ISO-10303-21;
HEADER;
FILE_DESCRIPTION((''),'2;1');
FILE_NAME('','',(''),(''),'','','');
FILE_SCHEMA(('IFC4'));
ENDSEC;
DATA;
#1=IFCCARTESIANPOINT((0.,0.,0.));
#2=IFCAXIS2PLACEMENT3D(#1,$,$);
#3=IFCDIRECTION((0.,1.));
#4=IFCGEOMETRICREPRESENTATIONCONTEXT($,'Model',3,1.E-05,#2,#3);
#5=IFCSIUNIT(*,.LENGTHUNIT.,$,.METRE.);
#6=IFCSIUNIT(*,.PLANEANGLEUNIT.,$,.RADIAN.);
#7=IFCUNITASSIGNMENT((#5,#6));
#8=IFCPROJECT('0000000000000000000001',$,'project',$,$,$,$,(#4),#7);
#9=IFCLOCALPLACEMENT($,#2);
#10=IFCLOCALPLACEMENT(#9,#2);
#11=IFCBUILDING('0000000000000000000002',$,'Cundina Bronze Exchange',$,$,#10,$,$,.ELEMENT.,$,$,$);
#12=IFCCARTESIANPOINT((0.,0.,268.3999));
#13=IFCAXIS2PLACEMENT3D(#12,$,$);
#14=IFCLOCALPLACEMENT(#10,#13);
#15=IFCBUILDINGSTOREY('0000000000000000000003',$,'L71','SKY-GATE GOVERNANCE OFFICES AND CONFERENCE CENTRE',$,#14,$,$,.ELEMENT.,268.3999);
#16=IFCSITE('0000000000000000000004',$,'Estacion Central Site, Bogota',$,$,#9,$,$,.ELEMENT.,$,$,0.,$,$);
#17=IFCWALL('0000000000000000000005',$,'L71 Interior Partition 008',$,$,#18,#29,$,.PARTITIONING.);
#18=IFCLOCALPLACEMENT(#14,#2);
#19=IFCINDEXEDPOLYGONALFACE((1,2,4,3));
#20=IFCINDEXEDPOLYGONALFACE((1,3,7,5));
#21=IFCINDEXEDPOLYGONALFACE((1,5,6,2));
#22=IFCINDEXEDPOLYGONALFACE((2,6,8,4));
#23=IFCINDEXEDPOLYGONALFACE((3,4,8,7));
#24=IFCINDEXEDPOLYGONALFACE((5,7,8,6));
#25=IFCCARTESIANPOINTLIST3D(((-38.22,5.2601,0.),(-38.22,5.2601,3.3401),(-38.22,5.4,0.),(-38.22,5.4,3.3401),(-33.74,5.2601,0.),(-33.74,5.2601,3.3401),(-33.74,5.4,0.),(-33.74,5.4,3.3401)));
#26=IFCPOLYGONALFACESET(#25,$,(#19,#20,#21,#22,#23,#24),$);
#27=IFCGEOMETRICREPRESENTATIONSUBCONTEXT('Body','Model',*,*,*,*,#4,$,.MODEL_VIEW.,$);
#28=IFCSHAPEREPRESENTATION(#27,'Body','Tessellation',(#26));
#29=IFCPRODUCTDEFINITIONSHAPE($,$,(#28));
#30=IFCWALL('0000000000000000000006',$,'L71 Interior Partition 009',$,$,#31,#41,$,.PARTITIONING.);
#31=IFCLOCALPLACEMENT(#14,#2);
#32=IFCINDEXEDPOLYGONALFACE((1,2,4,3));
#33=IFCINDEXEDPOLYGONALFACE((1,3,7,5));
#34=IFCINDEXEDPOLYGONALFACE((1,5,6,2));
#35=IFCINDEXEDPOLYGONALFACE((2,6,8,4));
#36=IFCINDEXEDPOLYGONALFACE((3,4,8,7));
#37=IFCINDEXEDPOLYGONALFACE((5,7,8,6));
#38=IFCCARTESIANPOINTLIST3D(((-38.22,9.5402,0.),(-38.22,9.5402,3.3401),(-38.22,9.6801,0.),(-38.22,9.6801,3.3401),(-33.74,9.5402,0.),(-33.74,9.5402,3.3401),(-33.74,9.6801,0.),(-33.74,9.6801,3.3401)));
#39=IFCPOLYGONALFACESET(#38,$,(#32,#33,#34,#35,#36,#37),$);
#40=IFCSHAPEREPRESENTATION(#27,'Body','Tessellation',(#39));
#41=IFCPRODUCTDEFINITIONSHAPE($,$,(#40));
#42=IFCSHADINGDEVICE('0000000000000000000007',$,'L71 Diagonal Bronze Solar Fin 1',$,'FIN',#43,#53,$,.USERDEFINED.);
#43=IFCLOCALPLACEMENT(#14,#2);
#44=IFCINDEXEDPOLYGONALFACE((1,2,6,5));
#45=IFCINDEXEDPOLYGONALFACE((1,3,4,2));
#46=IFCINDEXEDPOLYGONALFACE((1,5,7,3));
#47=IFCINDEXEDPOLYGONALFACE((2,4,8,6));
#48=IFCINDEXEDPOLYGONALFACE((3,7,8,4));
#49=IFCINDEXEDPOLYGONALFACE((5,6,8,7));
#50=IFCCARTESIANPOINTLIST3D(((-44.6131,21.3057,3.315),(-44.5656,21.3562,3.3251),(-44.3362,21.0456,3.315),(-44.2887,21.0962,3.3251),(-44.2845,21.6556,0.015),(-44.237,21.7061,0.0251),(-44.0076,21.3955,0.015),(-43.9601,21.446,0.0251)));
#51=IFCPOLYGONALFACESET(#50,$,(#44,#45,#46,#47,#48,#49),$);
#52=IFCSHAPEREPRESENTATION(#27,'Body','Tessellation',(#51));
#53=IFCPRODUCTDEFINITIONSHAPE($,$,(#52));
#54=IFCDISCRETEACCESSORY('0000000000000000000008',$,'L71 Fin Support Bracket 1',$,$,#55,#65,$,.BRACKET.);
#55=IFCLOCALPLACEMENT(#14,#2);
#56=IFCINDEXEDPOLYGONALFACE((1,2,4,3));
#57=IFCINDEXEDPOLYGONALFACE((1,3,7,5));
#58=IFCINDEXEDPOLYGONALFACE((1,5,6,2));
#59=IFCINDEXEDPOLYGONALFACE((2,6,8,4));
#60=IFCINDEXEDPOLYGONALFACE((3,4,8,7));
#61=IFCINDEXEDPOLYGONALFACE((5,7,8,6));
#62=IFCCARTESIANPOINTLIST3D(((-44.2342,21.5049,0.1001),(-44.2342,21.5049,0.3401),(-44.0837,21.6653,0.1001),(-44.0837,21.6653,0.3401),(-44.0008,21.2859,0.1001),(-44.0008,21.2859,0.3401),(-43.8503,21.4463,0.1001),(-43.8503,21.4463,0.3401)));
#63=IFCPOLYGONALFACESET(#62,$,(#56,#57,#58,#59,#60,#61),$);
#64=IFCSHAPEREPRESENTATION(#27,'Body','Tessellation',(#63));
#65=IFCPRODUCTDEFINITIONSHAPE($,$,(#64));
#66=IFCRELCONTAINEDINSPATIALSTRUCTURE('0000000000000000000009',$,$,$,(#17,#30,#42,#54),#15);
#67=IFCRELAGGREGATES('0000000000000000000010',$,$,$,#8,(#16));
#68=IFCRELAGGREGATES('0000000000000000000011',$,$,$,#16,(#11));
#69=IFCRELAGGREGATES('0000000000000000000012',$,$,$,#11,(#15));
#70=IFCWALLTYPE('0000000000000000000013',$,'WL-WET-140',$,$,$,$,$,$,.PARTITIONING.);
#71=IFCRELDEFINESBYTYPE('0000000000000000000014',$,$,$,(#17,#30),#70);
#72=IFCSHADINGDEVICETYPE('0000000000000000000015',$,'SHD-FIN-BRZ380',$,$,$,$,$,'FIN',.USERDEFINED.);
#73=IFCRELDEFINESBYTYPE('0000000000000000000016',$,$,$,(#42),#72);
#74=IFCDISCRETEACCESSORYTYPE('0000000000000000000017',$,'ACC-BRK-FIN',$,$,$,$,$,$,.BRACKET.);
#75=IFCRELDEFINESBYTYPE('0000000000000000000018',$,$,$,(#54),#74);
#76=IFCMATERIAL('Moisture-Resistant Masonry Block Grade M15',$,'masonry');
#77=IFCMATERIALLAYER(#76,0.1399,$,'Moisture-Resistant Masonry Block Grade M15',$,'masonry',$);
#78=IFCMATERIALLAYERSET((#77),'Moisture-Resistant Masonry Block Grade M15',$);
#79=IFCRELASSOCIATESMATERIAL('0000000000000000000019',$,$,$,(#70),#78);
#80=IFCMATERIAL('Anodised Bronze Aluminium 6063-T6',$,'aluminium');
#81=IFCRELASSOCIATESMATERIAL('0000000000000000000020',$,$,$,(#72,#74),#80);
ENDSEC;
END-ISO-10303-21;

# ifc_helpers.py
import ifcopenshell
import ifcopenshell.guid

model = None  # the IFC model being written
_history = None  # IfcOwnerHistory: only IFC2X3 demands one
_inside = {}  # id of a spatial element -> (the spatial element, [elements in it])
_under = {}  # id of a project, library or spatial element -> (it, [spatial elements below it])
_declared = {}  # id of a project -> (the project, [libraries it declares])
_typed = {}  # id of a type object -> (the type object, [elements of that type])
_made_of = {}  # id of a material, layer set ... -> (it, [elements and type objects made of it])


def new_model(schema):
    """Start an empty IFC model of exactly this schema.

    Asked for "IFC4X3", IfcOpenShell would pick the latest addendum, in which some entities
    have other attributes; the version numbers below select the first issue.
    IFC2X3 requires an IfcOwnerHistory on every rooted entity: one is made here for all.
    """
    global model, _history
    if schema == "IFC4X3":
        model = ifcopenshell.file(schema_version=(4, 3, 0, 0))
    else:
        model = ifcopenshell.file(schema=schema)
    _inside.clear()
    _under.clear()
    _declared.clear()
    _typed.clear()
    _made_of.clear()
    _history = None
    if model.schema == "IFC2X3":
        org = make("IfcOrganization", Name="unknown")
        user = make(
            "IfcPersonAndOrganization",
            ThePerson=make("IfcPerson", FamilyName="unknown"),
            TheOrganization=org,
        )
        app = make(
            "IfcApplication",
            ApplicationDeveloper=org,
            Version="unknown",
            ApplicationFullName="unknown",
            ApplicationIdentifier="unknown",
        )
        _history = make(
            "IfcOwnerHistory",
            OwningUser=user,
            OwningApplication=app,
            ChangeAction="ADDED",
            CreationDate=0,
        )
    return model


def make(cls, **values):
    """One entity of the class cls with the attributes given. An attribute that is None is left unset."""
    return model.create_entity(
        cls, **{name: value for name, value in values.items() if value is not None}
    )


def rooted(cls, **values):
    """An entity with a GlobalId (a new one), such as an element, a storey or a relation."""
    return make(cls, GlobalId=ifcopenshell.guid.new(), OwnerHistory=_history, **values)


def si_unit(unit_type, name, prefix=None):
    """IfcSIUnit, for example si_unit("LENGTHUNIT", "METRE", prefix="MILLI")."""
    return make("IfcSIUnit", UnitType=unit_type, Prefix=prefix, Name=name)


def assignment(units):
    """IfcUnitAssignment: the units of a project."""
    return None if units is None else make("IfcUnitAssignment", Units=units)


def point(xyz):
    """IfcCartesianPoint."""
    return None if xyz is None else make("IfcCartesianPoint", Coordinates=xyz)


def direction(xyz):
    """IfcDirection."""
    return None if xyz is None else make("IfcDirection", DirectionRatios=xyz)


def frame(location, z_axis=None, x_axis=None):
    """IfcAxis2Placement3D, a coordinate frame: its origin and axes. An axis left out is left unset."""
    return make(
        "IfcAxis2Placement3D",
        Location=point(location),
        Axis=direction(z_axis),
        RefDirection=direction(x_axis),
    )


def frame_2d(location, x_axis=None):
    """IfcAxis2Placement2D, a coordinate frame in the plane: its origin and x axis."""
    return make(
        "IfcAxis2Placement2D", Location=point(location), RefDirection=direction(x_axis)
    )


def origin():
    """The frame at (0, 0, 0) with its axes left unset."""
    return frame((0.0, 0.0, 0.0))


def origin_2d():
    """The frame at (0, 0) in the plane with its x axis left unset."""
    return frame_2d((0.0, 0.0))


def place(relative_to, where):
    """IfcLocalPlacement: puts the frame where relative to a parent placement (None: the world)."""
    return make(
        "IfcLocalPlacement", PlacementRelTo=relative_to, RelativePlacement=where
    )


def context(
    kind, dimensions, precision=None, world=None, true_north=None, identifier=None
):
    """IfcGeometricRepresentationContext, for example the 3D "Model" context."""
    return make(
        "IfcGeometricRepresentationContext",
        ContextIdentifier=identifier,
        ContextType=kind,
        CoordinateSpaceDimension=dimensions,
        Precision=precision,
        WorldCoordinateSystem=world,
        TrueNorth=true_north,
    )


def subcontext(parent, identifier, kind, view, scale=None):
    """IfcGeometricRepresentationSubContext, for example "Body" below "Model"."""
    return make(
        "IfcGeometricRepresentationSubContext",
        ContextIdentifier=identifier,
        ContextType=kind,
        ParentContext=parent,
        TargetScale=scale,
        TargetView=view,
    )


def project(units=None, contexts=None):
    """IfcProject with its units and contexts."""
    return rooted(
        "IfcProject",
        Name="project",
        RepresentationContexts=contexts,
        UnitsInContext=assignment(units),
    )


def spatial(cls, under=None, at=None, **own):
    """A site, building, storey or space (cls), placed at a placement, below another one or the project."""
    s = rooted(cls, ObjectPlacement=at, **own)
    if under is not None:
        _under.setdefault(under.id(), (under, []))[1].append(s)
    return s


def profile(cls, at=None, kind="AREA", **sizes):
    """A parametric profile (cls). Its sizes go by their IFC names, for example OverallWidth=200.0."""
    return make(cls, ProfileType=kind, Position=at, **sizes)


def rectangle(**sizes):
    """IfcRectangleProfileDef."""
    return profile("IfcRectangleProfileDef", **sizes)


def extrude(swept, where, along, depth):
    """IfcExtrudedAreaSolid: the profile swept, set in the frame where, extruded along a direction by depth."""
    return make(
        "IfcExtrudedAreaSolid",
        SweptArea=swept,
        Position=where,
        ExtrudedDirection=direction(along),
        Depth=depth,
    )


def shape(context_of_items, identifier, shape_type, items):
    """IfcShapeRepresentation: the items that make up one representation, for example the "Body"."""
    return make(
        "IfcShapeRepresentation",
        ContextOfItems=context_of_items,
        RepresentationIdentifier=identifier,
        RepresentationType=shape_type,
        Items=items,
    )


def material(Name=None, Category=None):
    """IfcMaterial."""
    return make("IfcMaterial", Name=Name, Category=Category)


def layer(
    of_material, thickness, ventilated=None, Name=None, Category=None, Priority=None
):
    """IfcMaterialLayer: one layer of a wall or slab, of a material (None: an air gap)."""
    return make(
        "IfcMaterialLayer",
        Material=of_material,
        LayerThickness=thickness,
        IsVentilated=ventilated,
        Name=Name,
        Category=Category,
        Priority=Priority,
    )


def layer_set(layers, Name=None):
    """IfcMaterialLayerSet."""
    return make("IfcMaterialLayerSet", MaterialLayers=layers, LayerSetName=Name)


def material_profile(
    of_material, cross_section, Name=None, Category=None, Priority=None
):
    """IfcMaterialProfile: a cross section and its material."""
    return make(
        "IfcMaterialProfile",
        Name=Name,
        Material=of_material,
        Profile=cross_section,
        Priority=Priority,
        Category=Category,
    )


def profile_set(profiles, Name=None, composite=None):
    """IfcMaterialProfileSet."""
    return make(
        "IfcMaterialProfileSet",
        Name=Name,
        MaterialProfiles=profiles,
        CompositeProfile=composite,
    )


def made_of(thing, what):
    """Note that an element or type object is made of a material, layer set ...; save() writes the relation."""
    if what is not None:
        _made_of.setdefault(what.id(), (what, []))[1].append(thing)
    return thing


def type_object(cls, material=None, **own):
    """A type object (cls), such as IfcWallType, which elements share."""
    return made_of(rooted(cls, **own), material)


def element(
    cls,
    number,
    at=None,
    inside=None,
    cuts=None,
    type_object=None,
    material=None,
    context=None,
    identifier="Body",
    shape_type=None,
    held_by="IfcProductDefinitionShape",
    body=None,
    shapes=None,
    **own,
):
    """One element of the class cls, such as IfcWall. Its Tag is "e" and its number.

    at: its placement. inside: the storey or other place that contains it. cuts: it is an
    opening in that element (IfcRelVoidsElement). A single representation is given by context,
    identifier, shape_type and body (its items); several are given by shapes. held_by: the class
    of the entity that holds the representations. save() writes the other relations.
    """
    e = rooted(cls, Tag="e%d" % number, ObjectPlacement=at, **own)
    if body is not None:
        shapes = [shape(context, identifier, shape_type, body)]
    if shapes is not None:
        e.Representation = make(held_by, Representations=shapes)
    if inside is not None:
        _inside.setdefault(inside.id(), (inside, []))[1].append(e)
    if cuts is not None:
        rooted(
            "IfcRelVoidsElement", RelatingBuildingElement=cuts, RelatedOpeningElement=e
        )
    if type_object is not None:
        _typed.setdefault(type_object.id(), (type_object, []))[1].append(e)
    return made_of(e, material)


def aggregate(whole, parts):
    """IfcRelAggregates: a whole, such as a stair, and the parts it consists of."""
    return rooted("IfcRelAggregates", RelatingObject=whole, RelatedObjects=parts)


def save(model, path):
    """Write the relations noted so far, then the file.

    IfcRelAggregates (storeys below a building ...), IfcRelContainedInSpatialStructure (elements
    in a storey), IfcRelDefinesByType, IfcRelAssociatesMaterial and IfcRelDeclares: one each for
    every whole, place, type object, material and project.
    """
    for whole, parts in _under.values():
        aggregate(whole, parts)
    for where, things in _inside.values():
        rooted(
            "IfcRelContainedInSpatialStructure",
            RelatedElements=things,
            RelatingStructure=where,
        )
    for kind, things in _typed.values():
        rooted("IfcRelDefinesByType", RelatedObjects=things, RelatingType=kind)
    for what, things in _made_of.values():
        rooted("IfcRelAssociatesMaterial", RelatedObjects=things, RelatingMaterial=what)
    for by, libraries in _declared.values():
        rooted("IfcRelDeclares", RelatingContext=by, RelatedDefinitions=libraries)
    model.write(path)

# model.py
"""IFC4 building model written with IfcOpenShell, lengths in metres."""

from ifc_helpers import new_model, si_unit, direction, frame, frame_2d, origin, origin_2d, place, context, subcontext, project, spatial, rectangle, extrude, material, layer, layer_set, material_profile, profile_set, type_object, element, save


model = new_model("IFC4")

# Units and contexts
model_context = context("Model", 3, precision=1e-05, world=origin(), true_north=direction((0.0, 1.0)))
body_context = subcontext(model_context, "Body", "Model", "MODEL_VIEW")
ifc_project = project(units=[si_unit("LENGTHUNIT", "METRE"), si_unit("PLANEANGLEUNIT", "RADIAN")], contexts=[model_context])

# Site, building, storey
site_placement = place(None, origin())
site = spatial("IfcSite", under=ifc_project, at=site_placement, Name="Estacion Central Site, Bogota", CompositionType="ELEMENT", RefElevation=0.0)
building_placement = place(site_placement, origin())
building = spatial("IfcBuilding", under=site, at=building_placement, Name="Cundina Bronze Exchange", CompositionType="ELEMENT")
storey_placement = place(building_placement, frame((0.0, 0.0, 268.3999)))
storey = spatial("IfcBuildingStorey", under=building, at=storey_placement, Name="L71", Description="SKY-GATE GOVERNANCE OFFICES AND CONFERENCE CENTRE", CompositionType="ELEMENT", Elevation=268.3999)

# Shared definitions
ifc_material_1 = material(Name="Anodised Bronze Aluminium 6063-T6", Category="aluminium")

# Walls
ifc_material_2 = material(Name="Moisture-Resistant Masonry Block Grade M15", Category="masonry")
ifc_layer_1 = layer(ifc_material_2, 0.1399, Name="Moisture-Resistant Masonry Block Grade M15", Category="masonry")
ifc_layer_set_1 = layer_set([ifc_layer_1], Name="Moisture-Resistant Masonry Block Grade M15")
wall_type_1 = type_object("IfcWallType", Name="WL-WET-140", PredefinedType="PARTITIONING", material=ifc_layer_set_1)
for number, where, z_axis, x_axis, name in (
    (1, (-38.22, 5.3301, 0.0), (0.0, 0.0, 1.0), (1.0, 0.0, 0.0), "L71 Interior Partition 008"),
    (2, (-38.22, 9.6101, 0.0), (0.0, 0.0, 1.0), (1.0, 0.0, 0.0), "L71 Interior Partition 009"),
):
    element("IfcWall", number, at=place(storey_placement, frame(where, z_axis=z_axis, x_axis=x_axis)), inside=storey, type_object=wall_type_1, Name=name, PredefinedType="PARTITIONING", context=body_context, shape_type="SweptSolid", body=[
        extrude(rectangle(XDim=4.48, YDim=0.1399, at=frame_2d((2.24, 0.0))), origin(), (0.0, 0.0, 1.0), 3.3401),
    ])

# Shading device
ifc_material_profile_1 = material_profile(ifc_material_1, rectangle(XDim=0.0701, YDim=0.3799, at=origin_2d()), Name="FIN70X380", Category="aluminium")
ifc_profile_set_1 = profile_set([ifc_material_profile_1], Name="Anodised Bronze Aluminium 6063-T6")
shading_device_type = type_object("IfcShadingDeviceType", Name="SHD-FIN-BRZ380", ElementType="FIN", PredefinedType="USERDEFINED", material=ifc_profile_set_1)
shading_device_placement = place(storey_placement, frame((-44.1223, 21.5508, 0.02), z_axis=(-0.098541, -0.104911, 0.989587), x_axis=(0.677506, 0.721297, 0.143933)))
element("IfcShadingDevice", 3, at=shading_device_placement, inside=storey, type_object=shading_device_type, Name="L71 Diagonal Bronze Solar Fin 1", ObjectType="FIN", PredefinedType="USERDEFINED", context=body_context, shape_type="SweptSolid", body=[
    extrude(rectangle(XDim=0.0701, YDim=0.3799, at=origin_2d()), origin(), (0.0, 0.0, 1.0), 3.3347),
])

# Discrete accessory
discrete_accessory_type = type_object("IfcDiscreteAccessoryType", Name="ACC-BRK-FIN", PredefinedType="BRACKET", material=ifc_material_1)
discrete_accessory_placement = place(storey_placement, frame((-44.0422, 21.4756, 0.1001), z_axis=(0.0, 0.0, 1.0), x_axis=(-0.684344, -0.72916, 0.0)))
element("IfcDiscreteAccessory", 4, at=discrete_accessory_placement, inside=storey, type_object=discrete_accessory_type, Name="L71 Fin Support Bracket 1", PredefinedType="BRACKET", context=body_context, shape_type="SweptSolid", body=[
    extrude(rectangle(XDim=0.22, YDim=0.3201, at=origin_2d()), origin(), (0.0, 0.0, 1.0), 0.24),
])

save(model, "model.ifc")
